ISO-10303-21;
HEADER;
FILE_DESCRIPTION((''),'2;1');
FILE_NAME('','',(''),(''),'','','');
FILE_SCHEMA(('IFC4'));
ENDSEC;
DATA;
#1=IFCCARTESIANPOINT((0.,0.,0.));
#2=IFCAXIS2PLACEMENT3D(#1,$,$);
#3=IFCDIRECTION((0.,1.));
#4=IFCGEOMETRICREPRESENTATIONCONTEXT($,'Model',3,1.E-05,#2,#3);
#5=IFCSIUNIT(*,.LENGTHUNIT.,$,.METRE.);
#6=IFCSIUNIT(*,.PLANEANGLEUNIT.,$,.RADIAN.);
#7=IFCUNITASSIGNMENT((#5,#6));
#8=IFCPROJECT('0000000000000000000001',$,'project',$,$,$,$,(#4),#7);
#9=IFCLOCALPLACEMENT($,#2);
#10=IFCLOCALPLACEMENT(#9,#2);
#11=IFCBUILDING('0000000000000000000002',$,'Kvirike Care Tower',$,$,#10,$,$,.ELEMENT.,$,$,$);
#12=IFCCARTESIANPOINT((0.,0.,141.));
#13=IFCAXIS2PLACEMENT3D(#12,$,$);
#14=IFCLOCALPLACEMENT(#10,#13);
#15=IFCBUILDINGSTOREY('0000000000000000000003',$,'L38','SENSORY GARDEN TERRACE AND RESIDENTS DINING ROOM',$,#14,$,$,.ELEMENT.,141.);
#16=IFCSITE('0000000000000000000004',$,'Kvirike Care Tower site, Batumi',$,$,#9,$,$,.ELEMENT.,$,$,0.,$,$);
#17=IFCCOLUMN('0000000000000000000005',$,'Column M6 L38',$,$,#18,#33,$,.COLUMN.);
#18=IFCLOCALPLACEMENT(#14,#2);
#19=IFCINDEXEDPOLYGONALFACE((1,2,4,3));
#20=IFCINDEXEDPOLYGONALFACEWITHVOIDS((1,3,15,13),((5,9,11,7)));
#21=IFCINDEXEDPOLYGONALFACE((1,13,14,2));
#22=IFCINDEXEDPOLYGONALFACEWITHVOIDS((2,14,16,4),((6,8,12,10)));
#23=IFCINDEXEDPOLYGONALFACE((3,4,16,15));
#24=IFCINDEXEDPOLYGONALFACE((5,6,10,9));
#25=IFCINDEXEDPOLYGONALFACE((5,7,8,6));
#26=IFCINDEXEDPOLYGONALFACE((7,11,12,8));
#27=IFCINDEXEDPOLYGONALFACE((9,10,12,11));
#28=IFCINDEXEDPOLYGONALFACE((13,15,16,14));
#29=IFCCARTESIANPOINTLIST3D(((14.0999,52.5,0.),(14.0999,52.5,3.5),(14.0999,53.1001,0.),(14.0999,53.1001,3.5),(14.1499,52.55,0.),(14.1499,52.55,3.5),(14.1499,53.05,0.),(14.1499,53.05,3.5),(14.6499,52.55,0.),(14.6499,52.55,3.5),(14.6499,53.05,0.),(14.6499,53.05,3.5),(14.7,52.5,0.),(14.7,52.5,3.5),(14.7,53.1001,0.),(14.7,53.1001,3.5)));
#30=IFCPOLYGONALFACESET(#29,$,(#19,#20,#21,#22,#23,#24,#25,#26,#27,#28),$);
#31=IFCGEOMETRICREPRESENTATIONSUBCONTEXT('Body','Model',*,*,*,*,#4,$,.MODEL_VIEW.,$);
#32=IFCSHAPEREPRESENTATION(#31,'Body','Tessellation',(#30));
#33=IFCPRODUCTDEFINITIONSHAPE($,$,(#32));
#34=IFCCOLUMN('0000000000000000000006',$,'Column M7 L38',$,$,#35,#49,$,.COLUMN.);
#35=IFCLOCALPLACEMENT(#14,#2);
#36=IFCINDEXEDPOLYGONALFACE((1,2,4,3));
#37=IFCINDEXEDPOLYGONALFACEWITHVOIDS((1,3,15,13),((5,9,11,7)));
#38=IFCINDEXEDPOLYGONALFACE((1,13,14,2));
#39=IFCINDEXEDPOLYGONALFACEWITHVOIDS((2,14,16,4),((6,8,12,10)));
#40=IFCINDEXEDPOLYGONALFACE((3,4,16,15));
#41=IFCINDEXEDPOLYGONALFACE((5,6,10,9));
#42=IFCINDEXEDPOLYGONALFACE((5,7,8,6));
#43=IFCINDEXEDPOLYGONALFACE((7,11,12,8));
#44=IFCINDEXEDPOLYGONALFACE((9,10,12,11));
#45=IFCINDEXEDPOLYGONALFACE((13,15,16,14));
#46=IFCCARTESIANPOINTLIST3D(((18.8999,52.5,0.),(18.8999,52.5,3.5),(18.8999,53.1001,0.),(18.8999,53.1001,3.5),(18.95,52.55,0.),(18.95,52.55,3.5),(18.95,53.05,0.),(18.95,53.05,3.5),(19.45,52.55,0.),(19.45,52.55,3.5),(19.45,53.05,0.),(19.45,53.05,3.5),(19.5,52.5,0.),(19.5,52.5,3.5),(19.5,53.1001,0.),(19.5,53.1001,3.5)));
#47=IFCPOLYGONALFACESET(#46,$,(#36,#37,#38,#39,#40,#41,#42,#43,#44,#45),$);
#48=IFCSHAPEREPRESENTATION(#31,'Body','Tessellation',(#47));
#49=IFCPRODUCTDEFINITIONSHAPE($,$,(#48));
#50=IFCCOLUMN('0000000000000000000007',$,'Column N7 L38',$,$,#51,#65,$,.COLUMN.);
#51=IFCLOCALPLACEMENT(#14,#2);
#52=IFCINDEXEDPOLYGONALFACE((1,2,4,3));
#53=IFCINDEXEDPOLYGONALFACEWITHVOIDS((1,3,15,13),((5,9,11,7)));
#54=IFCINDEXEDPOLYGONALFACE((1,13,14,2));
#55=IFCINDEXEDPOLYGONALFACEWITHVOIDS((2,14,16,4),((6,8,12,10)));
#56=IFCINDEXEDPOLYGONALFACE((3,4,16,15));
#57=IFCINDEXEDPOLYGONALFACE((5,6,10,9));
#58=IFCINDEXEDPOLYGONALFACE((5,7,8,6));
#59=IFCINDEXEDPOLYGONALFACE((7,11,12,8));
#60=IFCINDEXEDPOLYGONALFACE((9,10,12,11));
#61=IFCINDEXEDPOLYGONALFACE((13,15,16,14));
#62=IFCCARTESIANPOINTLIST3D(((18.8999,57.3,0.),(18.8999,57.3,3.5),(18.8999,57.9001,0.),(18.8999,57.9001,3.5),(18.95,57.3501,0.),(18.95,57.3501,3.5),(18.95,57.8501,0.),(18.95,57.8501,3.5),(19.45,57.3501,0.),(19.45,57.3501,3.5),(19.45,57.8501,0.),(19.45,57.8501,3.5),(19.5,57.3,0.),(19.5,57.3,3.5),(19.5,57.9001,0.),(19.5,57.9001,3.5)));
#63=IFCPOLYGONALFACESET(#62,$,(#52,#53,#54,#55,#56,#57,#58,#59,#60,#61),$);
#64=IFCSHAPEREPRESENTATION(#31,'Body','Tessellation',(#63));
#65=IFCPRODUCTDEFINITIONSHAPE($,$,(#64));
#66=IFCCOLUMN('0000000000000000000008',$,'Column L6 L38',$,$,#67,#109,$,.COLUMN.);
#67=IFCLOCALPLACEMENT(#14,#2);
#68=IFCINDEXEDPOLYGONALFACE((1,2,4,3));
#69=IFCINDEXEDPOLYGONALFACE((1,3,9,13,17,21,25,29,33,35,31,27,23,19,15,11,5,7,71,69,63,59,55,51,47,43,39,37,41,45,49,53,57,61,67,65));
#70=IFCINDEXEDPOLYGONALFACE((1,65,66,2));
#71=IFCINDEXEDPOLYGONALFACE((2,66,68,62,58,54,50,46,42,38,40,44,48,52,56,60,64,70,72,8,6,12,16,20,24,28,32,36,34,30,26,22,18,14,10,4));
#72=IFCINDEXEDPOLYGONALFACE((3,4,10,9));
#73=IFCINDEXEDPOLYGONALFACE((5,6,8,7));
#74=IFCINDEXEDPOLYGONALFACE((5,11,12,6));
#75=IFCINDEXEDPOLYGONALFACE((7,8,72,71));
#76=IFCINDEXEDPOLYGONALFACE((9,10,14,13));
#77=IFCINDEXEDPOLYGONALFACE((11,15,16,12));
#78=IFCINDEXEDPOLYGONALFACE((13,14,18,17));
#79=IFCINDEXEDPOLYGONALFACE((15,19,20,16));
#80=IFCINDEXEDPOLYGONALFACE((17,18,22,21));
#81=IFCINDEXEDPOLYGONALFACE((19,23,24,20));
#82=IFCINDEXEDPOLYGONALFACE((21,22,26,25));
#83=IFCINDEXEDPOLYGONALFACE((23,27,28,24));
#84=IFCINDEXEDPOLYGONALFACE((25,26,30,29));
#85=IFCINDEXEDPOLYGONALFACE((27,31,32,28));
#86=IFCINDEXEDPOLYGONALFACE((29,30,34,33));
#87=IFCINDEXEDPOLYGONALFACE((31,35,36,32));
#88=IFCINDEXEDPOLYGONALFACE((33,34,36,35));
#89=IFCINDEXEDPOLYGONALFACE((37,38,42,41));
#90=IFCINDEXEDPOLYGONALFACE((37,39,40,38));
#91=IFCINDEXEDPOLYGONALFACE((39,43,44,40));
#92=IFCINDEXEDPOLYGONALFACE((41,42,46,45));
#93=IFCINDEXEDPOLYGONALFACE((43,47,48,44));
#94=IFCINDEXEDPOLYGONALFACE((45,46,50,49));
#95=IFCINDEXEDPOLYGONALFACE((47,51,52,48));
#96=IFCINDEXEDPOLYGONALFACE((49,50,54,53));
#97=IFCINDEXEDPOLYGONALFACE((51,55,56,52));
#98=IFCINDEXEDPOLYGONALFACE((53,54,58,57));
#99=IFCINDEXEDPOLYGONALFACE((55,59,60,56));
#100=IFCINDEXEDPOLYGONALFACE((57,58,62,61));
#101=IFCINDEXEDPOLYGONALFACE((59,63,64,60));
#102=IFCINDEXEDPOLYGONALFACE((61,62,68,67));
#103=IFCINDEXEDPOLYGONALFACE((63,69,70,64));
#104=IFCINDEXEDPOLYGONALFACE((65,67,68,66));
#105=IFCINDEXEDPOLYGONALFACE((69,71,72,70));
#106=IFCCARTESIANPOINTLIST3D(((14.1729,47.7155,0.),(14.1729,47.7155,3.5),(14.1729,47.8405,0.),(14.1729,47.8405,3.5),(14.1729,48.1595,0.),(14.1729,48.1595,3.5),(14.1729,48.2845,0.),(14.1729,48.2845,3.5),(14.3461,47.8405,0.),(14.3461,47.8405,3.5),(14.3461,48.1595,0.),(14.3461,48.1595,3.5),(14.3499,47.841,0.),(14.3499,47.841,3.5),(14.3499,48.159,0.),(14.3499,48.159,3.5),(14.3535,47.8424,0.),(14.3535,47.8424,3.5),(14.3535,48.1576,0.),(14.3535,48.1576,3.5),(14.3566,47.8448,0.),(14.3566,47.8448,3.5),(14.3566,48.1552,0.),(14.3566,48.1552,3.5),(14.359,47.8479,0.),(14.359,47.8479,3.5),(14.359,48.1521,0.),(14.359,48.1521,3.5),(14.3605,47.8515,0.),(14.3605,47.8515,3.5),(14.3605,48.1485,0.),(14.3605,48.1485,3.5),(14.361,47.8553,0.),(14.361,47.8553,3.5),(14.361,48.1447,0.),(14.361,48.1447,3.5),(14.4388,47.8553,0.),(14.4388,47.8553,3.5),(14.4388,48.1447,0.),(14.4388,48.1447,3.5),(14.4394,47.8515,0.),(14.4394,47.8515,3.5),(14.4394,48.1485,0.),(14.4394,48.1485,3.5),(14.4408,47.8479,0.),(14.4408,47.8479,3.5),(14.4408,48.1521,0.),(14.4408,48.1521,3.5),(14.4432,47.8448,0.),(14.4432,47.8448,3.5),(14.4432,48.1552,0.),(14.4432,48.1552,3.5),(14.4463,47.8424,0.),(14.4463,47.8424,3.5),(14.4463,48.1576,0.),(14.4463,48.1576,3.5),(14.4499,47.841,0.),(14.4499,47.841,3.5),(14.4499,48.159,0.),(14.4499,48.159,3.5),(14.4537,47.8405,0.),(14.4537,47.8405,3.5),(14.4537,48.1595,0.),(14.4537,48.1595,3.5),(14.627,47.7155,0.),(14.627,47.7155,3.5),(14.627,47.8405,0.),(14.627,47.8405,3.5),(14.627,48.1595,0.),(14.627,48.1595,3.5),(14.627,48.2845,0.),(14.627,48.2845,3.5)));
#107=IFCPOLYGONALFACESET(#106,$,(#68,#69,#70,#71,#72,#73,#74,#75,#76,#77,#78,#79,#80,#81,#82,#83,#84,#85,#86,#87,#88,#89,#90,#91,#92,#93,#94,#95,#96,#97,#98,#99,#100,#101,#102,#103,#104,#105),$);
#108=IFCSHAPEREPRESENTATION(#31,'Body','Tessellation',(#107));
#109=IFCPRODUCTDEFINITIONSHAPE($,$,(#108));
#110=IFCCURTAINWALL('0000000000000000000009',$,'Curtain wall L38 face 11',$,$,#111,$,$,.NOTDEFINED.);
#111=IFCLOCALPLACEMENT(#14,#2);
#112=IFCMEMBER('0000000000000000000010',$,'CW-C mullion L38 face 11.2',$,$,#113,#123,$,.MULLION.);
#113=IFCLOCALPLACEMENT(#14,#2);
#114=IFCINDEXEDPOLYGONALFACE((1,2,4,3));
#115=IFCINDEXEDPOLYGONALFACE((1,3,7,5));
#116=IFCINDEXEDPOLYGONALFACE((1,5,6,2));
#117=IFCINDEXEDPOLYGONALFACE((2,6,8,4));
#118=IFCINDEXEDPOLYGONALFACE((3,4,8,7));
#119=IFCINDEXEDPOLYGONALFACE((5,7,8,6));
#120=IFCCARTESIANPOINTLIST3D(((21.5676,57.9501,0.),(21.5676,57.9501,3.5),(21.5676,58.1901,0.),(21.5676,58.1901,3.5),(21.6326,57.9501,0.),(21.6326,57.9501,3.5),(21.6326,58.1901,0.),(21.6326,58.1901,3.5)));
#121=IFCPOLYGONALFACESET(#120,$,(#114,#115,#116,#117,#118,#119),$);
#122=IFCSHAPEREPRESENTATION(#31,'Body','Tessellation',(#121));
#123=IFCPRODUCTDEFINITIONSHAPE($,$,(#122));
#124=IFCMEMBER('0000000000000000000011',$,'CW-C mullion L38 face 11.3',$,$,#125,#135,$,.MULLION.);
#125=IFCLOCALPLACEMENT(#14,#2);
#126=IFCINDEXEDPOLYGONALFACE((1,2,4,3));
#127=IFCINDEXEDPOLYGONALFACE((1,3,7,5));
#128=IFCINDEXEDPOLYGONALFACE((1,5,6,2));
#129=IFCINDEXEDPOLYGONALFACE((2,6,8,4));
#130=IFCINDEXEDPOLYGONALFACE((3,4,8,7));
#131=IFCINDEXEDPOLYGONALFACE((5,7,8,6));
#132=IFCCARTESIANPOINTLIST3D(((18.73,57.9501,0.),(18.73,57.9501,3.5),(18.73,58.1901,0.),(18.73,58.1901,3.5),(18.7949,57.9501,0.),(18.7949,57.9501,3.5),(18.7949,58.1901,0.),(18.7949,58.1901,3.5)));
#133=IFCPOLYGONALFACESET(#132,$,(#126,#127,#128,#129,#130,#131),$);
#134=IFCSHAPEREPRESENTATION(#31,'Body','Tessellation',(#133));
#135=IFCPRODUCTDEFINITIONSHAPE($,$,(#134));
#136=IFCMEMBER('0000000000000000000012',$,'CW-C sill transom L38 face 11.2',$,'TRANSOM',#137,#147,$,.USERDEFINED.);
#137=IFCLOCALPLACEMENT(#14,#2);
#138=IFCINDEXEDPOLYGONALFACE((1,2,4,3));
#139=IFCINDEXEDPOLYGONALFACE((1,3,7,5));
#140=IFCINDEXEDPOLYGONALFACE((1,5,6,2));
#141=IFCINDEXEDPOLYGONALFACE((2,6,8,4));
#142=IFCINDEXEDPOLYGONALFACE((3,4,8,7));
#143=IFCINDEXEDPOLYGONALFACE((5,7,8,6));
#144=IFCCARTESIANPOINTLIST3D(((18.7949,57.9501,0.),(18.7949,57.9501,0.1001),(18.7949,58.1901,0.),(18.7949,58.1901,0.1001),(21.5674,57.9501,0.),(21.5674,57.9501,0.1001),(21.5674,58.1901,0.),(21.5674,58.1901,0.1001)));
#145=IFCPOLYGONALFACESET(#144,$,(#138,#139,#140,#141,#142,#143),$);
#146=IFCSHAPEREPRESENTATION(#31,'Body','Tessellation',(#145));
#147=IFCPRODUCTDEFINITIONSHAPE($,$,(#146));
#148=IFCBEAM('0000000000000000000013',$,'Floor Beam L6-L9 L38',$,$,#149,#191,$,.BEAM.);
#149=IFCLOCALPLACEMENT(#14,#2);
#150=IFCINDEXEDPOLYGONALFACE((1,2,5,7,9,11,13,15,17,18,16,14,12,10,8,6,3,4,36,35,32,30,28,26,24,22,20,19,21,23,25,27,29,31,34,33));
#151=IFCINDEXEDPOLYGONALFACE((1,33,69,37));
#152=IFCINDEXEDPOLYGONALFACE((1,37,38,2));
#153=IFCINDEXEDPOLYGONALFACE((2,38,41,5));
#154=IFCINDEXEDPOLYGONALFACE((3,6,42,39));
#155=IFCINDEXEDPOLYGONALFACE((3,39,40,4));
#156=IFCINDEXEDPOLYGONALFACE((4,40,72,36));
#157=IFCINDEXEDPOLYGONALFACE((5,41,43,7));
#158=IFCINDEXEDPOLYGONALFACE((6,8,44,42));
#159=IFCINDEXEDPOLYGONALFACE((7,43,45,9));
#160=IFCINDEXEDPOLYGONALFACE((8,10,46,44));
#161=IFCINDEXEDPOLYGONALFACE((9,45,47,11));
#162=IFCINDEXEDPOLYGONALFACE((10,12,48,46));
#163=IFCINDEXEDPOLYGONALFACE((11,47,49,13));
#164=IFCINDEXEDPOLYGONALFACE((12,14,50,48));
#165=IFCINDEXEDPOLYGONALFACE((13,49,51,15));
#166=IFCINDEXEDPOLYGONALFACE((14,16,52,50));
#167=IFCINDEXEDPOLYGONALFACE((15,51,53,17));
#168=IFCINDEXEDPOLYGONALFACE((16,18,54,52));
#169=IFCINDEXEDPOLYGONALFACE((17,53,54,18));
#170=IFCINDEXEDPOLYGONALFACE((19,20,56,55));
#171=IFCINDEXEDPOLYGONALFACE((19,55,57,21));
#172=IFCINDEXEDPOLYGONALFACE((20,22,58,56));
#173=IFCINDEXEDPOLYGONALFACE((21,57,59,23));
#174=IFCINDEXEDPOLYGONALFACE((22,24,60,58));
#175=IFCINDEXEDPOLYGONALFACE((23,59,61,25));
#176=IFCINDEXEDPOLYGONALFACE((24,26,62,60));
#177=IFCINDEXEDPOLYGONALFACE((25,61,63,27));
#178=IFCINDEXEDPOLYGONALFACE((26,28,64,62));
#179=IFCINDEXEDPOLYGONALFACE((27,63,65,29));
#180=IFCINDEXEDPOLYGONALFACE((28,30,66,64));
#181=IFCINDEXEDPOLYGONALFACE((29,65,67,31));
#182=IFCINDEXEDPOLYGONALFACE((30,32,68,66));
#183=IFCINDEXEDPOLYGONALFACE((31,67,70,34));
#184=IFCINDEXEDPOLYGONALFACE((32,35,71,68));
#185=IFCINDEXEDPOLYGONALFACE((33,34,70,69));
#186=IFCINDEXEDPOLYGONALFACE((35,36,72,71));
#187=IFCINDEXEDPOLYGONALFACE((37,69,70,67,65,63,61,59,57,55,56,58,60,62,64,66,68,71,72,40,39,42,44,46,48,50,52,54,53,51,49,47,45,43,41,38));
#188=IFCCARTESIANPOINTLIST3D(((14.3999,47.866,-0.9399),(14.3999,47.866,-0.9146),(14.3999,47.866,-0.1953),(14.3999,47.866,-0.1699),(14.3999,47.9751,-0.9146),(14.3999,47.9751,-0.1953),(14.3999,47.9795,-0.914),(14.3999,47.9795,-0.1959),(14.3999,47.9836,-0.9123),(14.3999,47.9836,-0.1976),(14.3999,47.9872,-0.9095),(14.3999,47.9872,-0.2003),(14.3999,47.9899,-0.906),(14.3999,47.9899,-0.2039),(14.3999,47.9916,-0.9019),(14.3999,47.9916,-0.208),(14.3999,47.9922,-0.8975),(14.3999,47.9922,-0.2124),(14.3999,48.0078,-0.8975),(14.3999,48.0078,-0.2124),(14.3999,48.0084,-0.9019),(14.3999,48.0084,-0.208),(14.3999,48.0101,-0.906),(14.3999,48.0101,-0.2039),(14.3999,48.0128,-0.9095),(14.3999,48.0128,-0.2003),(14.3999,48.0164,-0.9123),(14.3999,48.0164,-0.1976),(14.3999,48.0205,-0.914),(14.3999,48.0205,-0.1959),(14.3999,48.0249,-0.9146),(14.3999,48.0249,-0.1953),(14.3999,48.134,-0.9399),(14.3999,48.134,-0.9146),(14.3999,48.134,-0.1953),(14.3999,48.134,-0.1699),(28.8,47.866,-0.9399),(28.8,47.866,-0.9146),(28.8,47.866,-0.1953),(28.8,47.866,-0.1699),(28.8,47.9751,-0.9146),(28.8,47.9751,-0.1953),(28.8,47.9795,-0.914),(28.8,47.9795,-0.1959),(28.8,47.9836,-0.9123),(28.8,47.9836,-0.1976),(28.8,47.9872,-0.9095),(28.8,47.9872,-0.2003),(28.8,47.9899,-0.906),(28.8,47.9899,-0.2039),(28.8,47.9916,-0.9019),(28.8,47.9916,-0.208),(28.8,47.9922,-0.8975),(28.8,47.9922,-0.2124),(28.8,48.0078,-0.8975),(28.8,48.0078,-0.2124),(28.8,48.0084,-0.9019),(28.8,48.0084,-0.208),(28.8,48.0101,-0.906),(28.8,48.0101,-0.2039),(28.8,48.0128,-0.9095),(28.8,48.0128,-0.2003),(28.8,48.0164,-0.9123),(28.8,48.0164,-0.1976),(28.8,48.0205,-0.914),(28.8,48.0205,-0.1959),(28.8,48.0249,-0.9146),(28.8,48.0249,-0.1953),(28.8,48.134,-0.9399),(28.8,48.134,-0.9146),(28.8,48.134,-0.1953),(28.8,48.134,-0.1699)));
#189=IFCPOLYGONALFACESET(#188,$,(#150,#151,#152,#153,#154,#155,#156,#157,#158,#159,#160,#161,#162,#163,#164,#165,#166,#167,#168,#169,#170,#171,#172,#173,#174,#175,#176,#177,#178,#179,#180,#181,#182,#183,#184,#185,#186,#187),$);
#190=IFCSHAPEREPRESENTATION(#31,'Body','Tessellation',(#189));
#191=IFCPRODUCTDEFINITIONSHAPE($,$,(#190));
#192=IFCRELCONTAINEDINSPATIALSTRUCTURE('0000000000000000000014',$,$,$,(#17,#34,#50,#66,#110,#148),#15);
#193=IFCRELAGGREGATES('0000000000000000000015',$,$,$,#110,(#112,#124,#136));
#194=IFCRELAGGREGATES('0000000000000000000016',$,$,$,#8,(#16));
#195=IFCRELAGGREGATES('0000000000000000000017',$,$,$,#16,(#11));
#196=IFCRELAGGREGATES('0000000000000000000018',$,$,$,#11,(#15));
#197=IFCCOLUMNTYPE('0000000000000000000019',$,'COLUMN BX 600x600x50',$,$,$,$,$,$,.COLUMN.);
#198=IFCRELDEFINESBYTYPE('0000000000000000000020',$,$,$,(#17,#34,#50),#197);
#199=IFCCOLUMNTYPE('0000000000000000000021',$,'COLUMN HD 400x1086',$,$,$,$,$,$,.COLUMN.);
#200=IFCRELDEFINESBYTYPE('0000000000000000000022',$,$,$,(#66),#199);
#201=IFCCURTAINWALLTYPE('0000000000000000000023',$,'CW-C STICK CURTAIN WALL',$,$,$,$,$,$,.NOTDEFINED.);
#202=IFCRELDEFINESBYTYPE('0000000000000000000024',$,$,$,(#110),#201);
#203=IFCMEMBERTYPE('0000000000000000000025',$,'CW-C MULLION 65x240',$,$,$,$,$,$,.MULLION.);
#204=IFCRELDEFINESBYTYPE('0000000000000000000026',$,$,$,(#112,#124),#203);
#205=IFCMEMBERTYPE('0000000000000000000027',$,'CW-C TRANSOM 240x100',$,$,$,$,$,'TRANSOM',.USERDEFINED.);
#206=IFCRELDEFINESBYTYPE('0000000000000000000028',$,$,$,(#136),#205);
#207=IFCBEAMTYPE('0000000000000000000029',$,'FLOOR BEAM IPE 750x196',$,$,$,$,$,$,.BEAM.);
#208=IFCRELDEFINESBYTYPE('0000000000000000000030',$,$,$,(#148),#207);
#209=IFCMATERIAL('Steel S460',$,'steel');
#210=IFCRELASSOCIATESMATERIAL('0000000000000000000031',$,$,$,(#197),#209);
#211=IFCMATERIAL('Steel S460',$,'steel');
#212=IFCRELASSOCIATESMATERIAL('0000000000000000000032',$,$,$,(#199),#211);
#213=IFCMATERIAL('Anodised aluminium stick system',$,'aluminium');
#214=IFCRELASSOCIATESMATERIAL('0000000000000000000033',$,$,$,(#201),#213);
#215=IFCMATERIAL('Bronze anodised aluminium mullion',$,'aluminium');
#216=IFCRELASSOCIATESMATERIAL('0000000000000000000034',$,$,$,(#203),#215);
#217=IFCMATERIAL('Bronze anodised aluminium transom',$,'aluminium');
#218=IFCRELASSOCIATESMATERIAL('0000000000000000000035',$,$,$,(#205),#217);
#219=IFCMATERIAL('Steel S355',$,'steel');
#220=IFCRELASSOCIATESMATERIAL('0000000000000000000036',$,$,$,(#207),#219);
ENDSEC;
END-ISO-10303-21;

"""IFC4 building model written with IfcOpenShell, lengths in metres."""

from ifc_helpers import new_model, si_unit, direction, frame, origin, origin_2d, place, context, subcontext, project, spatial, rectangle, hollow_rectangle, i_section, extrude, material, material_profile, profile_set, type_object, element, aggregate, save


model = new_model("IFC4")

# Units and contexts
model_context = context("Model", 3, precision=1e-05, world=origin(), true_north=direction((0.0, 1.0)))
body_context = subcontext(model_context, "Body", "Model", "MODEL_VIEW")
ifc_project = project(units=[si_unit("LENGTHUNIT", "METRE"), si_unit("PLANEANGLEUNIT", "RADIAN")], contexts=[model_context])

# Site, building, storey
site_placement = place(None, origin())
site = spatial("IfcSite", under=ifc_project, at=site_placement, Name="Kvirike Care Tower site, Batumi", CompositionType="ELEMENT", RefElevation=0.0)
building_placement = place(site_placement, origin())
building = spatial("IfcBuilding", under=site, at=building_placement, Name="Kvirike Care Tower", CompositionType="ELEMENT")
storey_placement = place(building_placement, frame((0.0, 0.0, 141.0)))
storey = spatial("IfcBuildingStorey", under=building, at=storey_placement, Name="L38", Description="SENSORY GARDEN TERRACE AND RESIDENTS DINING ROOM", CompositionType="ELEMENT", Elevation=141.0)

# Columns
ifc_material_1 = material(Name="Steel S460", Category="steel")
ifc_material_profile_1 = material_profile(ifc_material_1, hollow_rectangle(XDim=0.6001, YDim=0.6001, WallThickness=0.05, at=origin_2d()), Name="BX 600x600x50")
ifc_profile_set_1 = profile_set([ifc_material_profile_1], Name="Steel S460")
column_type_1 = type_object("IfcColumnType", Name="COLUMN BX 600x600x50", PredefinedType="COLUMN", material=ifc_profile_set_1)
for number, where, z_axis, x_axis, name in (
    (1, (14.3999, 52.8, 0.0), (0.0, 0.0, 1.0), (0.0, 1.0, 0.0), "Column M6 L38"),
    (2, (19.2, 52.8, 0.0), (0.0, 0.0, 1.0), (0.0, 1.0, 0.0), "Column M7 L38"),
    (3, (19.2, 57.6001, 0.0), (0.0, 0.0, 1.0), (0.0, 1.0, 0.0), "Column N7 L38"),
):
    element("IfcColumn", number, at=place(storey_placement, frame(where, z_axis=z_axis, x_axis=x_axis)), inside=storey, type_object=column_type_1, Name=name, PredefinedType="COLUMN", context=body_context, shape_type="SweptSolid", body=[
        extrude(hollow_rectangle(XDim=0.6001, YDim=0.6001, WallThickness=0.05, at=origin_2d()), origin(), (0.0, 0.0, 1.0), 3.5),
    ])
ifc_material_2 = material(Name="Steel S460", Category="steel")
ifc_material_profile_2 = material_profile(ifc_material_2, i_section(OverallWidth=0.4541, OverallDepth=0.5691, WebThickness=0.0779, FlangeThickness=0.125, FilletRadius=0.0149, at=origin_2d()), Name="HD 400x1086")
ifc_profile_set_2 = profile_set([ifc_material_profile_2], Name="Steel S460")
column_type_2 = type_object("IfcColumnType", Name="COLUMN HD 400x1086", PredefinedType="COLUMN", material=ifc_profile_set_2)
column_placement = place(storey_placement, frame((14.3999, 48.0, 0.0), z_axis=(0.0, 0.0, 1.0), x_axis=(1.0, 0.0, 0.0)))
element("IfcColumn", 4, at=column_placement, inside=storey, type_object=column_type_2, Name="Column L6 L38", PredefinedType="COLUMN", context=body_context, shape_type="SweptSolid", body=[
    extrude(i_section(OverallWidth=0.4541, OverallDepth=0.5691, WebThickness=0.0779, FlangeThickness=0.125, FilletRadius=0.0149, at=origin_2d()), origin(), (0.0, 0.0, 1.0), 3.5),
])

# Curtain wall, members
ifc_material_3 = material(Name="Anodised aluminium stick system", Category="aluminium")
curtain_wall_type = type_object("IfcCurtainWallType", Name="CW-C STICK CURTAIN WALL", PredefinedType="NOTDEFINED", material=ifc_material_3)
curtain_wall_placement = place(storey_placement, origin())
curtain_wall = element("IfcCurtainWall", 5, at=curtain_wall_placement, inside=storey, type_object=curtain_wall_type, Name="Curtain wall L38 face 11", PredefinedType="NOTDEFINED")
ifc_material_4 = material(Name="Bronze anodised aluminium mullion", Category="aluminium")
ifc_material_profile_3 = material_profile(ifc_material_4, rectangle(XDim=0.0649, YDim=0.24, at=origin_2d()), Name="CW-C MULLION 65x240")
ifc_profile_set_3 = profile_set([ifc_material_profile_3], Name="Bronze anodised aluminium mullion")
member_type_1 = type_object("IfcMemberType", Name="CW-C MULLION 65x240", PredefinedType="MULLION", material=ifc_profile_set_3)
member_1_placement = place(storey_placement, frame((21.6001, 58.0701, 0.0), z_axis=(0.0, 0.0, 1.0), x_axis=(-1.0, 0.0, 0.0)))
member_1 = element("IfcMember", 6, at=member_1_placement, type_object=member_type_1, Name="CW-C mullion L38 face 11.2", PredefinedType="MULLION", context=body_context, shape_type="SweptSolid", body=[
    extrude(rectangle(XDim=0.0649, YDim=0.24, at=origin_2d()), origin(), (0.0, 0.0, 1.0), 3.5),
])
member_2_placement = place(storey_placement, frame((18.7625, 58.0701, 0.0), z_axis=(0.0, 0.0, 1.0), x_axis=(-1.0, 0.0, 0.0)))
member_2 = element("IfcMember", 7, at=member_2_placement, type_object=member_type_1, Name="CW-C mullion L38 face 11.3", PredefinedType="MULLION", context=body_context, shape_type="SweptSolid", body=[
    extrude(rectangle(XDim=0.0649, YDim=0.24, at=origin_2d()), origin(), (0.0, 0.0, 1.0), 3.5),
])
ifc_material_5 = material(Name="Bronze anodised aluminium transom", Category="aluminium")
ifc_material_profile_4 = material_profile(ifc_material_5, rectangle(XDim=0.24, YDim=0.1001, at=origin_2d()), Name="CW-C TRANSOM 240x100")
ifc_profile_set_4 = profile_set([ifc_material_profile_4], Name="Bronze anodised aluminium transom")
member_type_2 = type_object("IfcMemberType", Name="CW-C TRANSOM 240x100", ElementType="TRANSOM", PredefinedType="USERDEFINED", material=ifc_profile_set_4)
member_3_placement = place(storey_placement, frame((21.5674, 58.0701, 0.05), z_axis=(-1.0, 0.0, 0.0), x_axis=(0.0, -1.0, 0.0)))
member_3 = element("IfcMember", 8, at=member_3_placement, type_object=member_type_2, Name="CW-C sill transom L38 face 11.2", ObjectType="TRANSOM", PredefinedType="USERDEFINED", context=body_context, shape_type="SweptSolid", body=[
    extrude(rectangle(XDim=0.24, YDim=0.1001, at=origin_2d()), origin(), (0.0, 0.0, 1.0), 2.7725),
])

# Beam
ifc_material_6 = material(Name="Steel S355", Category="steel")
ifc_material_profile_5 = material_profile(ifc_material_6, i_section(OverallWidth=0.2681, OverallDepth=0.77, WebThickness=0.0156, FlangeThickness=0.0254, FilletRadius=0.0171, at=origin_2d()), Name="IPE 750x196")
ifc_profile_set_5 = profile_set([ifc_material_profile_5], Name="Steel S355")
beam_type_1 = type_object("IfcBeamType", Name="FLOOR BEAM IPE 750x196", PredefinedType="BEAM", material=ifc_profile_set_5)
beam_1_placement = place(storey_placement, frame((14.3999, 48.0, -0.5549), z_axis=(1.0, 0.0, 0.0), x_axis=(0.0, 1.0, 0.0)))
element("IfcBeam", 9, at=beam_1_placement, inside=storey, type_object=beam_type_1, Name="Floor Beam L6-L9 L38", PredefinedType="BEAM", context=body_context, shape_type="SweptSolid", body=[
    extrude(i_section(OverallWidth=0.2681, OverallDepth=0.77, WebThickness=0.0156, FlangeThickness=0.0254, FilletRadius=0.0171, at=origin_2d()), origin(), (0.0, 0.0, 1.0), 14.4001),
])

aggregate(curtain_wall, [member_1, member_2, member_3])

save(model, "model.ifc")
